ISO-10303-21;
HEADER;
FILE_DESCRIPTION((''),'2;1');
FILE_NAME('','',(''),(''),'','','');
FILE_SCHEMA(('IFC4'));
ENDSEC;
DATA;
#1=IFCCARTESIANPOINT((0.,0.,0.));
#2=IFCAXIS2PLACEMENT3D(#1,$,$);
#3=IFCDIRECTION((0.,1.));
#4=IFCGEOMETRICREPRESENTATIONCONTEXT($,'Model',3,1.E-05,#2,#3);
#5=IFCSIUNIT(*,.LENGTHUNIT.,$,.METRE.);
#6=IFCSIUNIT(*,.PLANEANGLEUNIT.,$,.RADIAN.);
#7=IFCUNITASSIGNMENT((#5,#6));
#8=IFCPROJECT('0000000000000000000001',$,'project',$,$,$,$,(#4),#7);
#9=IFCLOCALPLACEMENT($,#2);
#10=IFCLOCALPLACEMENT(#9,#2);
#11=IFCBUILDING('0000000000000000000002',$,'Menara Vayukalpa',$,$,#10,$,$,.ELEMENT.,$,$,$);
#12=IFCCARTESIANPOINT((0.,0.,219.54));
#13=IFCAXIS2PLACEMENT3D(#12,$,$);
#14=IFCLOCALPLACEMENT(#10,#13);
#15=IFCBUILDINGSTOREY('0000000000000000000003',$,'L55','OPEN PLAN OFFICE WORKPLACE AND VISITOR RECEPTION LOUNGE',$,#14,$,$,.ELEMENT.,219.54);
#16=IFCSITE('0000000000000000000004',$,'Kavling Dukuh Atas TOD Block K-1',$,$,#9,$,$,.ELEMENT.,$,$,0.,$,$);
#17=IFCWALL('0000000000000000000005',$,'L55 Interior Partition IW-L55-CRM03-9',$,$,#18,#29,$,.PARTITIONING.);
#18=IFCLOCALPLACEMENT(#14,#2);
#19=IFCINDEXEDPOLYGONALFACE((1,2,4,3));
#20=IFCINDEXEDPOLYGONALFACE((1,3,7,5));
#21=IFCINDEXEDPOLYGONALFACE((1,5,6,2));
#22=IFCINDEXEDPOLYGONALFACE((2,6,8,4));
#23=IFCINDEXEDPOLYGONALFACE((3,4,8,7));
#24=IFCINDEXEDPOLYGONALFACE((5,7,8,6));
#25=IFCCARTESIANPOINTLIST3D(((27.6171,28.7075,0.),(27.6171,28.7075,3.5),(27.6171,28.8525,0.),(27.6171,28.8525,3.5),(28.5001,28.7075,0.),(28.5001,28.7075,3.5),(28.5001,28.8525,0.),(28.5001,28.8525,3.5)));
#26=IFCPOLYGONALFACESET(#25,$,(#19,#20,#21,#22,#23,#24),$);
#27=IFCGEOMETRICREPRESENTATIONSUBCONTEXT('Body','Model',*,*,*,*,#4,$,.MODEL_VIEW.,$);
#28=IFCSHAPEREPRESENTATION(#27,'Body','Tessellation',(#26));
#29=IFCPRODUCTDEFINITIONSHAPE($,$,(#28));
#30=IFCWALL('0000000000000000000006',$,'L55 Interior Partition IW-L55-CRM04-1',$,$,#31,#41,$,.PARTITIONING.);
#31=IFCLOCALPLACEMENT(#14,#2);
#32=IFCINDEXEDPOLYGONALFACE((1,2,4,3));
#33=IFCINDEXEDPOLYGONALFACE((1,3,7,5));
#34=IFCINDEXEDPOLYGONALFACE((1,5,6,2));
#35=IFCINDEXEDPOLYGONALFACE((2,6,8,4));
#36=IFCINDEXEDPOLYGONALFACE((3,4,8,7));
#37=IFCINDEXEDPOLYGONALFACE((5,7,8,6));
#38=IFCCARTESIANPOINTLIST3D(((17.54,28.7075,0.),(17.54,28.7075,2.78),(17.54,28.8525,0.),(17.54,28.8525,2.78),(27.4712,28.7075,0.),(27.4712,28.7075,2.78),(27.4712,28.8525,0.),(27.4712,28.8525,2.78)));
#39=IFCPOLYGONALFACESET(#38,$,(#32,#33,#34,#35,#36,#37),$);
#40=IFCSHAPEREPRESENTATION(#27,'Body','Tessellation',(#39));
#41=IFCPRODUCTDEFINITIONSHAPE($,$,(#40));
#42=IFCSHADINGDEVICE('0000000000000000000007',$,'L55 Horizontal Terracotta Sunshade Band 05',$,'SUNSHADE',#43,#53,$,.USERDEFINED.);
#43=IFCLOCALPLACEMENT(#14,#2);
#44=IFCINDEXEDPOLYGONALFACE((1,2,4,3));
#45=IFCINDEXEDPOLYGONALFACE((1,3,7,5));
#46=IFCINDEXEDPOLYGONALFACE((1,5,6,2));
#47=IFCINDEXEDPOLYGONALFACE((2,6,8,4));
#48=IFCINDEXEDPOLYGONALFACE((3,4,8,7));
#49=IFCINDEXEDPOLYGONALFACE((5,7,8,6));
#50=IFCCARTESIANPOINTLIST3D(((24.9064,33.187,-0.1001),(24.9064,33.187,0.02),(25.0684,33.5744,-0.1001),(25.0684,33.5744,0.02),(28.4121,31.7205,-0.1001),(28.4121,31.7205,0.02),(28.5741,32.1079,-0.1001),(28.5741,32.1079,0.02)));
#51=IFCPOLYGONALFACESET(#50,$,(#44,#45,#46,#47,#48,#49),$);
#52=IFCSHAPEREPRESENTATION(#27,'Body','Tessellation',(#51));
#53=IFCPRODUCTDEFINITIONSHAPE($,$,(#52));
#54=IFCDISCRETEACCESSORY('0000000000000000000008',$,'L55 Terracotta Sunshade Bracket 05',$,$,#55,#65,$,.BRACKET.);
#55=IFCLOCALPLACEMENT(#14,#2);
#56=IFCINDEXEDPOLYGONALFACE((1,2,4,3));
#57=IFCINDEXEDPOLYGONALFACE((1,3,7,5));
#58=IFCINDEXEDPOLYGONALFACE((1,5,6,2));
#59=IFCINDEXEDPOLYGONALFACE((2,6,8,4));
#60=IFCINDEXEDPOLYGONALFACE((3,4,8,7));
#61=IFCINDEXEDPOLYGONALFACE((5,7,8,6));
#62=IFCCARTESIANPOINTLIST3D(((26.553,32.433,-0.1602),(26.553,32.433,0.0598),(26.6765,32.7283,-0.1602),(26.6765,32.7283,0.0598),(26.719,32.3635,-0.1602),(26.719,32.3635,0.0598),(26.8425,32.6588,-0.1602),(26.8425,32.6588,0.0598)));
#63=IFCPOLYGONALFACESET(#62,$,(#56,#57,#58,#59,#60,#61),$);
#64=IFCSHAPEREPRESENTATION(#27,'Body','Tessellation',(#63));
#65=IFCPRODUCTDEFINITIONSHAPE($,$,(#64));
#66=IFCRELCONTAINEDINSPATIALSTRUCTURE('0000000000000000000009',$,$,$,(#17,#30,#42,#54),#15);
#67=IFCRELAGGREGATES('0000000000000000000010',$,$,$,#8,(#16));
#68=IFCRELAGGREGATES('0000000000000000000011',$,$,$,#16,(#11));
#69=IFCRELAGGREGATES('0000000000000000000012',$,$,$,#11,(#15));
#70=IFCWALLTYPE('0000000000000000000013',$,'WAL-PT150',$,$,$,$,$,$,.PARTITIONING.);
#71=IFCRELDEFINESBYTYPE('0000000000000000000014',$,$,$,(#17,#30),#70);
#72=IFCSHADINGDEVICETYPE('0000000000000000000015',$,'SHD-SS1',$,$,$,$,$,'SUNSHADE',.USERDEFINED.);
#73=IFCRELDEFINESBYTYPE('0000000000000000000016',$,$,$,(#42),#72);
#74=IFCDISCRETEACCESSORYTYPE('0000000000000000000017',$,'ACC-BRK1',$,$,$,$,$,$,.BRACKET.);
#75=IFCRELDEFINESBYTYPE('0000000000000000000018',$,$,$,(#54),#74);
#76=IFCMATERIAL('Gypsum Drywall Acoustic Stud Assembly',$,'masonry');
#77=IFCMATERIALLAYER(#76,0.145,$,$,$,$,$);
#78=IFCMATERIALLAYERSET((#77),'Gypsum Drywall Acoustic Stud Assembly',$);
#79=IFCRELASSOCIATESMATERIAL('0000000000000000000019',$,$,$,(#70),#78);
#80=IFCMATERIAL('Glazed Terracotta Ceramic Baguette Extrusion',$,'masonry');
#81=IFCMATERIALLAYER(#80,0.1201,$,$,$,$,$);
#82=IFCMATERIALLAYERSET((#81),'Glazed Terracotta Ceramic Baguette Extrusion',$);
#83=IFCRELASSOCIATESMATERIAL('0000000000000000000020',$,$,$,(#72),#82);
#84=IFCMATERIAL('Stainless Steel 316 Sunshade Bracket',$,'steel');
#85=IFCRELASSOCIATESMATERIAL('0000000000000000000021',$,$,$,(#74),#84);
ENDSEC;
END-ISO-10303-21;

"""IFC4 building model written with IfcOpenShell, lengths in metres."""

from ifc_helpers import new_model, si_unit, direction, frame, frame_2d, origin, origin_2d, place, context, subcontext, project, spatial, rectangle, extrude, material, layer, layer_set, type_object, element, save


model = new_model("IFC4")

# Units and contexts
model_context = context("Model", 3, precision=1e-05, world=origin(), true_north=direction((0.0, 1.0)))
body_context = subcontext(model_context, "Body", "Model", "MODEL_VIEW")
ifc_project = project(units=[si_unit("LENGTHUNIT", "METRE"), si_unit("PLANEANGLEUNIT", "RADIAN")], contexts=[model_context])

# Site, building, storey
site_placement = place(None, origin())
site = spatial("IfcSite", under=ifc_project, at=site_placement, Name="Kavling Dukuh Atas TOD Block K-1", CompositionType="ELEMENT", RefElevation=0.0)
building_placement = place(site_placement, origin())
building = spatial("IfcBuilding", under=site, at=building_placement, Name="Menara Vayukalpa", CompositionType="ELEMENT")
storey_placement = place(building_placement, frame((0.0, 0.0, 219.54)))
storey = spatial("IfcBuildingStorey", under=building, at=storey_placement, Name="L55", Description="OPEN PLAN OFFICE WORKPLACE AND VISITOR RECEPTION LOUNGE", CompositionType="ELEMENT", Elevation=219.54)

# Walls
ifc_material_1 = material(Name="Gypsum Drywall Acoustic Stud Assembly", Category="masonry")
ifc_layer_1 = layer(ifc_material_1, 0.145)
ifc_layer_set_1 = layer_set([ifc_layer_1], Name="Gypsum Drywall Acoustic Stud Assembly")
wall_type_1 = type_object("IfcWallType", Name="WAL-PT150", PredefinedType="PARTITIONING", material=ifc_layer_set_1)
wall_1_placement = place(storey_placement, frame((28.5, 28.78, 0.0), z_axis=(0.0, 0.0, 1.0), x_axis=(-1.0, 0.0, 0.0)))
element("IfcWall", 1, at=wall_1_placement, inside=storey, type_object=wall_type_1, Name="L55 Interior Partition IW-L55-CRM03-9", PredefinedType="PARTITIONING", context=body_context, shape_type="SweptSolid", body=[
    extrude(rectangle(XDim=0.8831, YDim=0.145, at=frame_2d((0.4414, 0.0))), origin(), (0.0, 0.0, 1.0), 3.5),
])
wall_2_placement = place(storey_placement, frame((27.4712, 28.78, 0.0), z_axis=(0.0, 0.0, 1.0), x_axis=(-1.0, 0.0, 0.0)))
element("IfcWall", 2, at=wall_2_placement, inside=storey, type_object=wall_type_1, Name="L55 Interior Partition IW-L55-CRM04-1", PredefinedType="PARTITIONING", context=body_context, shape_type="SweptSolid", body=[
    extrude(rectangle(XDim=9.9312, YDim=0.145, at=frame_2d((4.9656, 0.0))), origin(), (0.0, 0.0, 1.0), 2.78),
])

# Shading device
ifc_material_2 = material(Name="Glazed Terracotta Ceramic Baguette Extrusion", Category="masonry")
ifc_layer_2 = layer(ifc_material_2, 0.1201)
ifc_layer_set_2 = layer_set([ifc_layer_2], Name="Glazed Terracotta Ceramic Baguette Extrusion")
shading_device_type = type_object("IfcShadingDeviceType", Name="SHD-SS1", ElementType="SUNSHADE", PredefinedType="USERDEFINED", material=ifc_layer_set_2)
shading_device_placement = place(storey_placement, frame((26.7402, 32.6475, -0.1001), z_axis=(0.0, 0.0, 1.0), x_axis=(-0.922538, 0.385906, 0.0)))
element("IfcShadingDevice", 3, at=shading_device_placement, inside=storey, type_object=shading_device_type, Name="L55 Horizontal Terracotta Sunshade Band 05", ObjectType="SUNSHADE", PredefinedType="USERDEFINED", context=body_context, shape_type="SweptSolid", body=[
    extrude(rectangle(XDim=3.8, YDim=0.4199, at=origin_2d()), origin(), (0.0, 0.0, 1.0), 0.1201),
])

# Discrete accessory
ifc_material_3 = material(Name="Stainless Steel 316 Sunshade Bracket", Category="steel")
discrete_accessory_type = type_object("IfcDiscreteAccessoryType", Name="ACC-BRK1", PredefinedType="BRACKET", material=ifc_material_3)
discrete_accessory_placement = place(storey_placement, frame((26.6978, 32.5459, -0.1602), z_axis=(0.0, 0.0, 1.0), x_axis=(-0.922538, 0.385906, 0.0)))
element("IfcDiscreteAccessory", 4, at=discrete_accessory_placement, inside=storey, type_object=discrete_accessory_type, Name="L55 Terracotta Sunshade Bracket 05", PredefinedType="BRACKET", context=body_context, shape_type="SweptSolid", body=[
    extrude(rectangle(XDim=0.1799, YDim=0.3201, at=origin_2d()), origin(), (0.0, 0.0, 1.0), 0.22),
])

save(model, "model.ifc")
